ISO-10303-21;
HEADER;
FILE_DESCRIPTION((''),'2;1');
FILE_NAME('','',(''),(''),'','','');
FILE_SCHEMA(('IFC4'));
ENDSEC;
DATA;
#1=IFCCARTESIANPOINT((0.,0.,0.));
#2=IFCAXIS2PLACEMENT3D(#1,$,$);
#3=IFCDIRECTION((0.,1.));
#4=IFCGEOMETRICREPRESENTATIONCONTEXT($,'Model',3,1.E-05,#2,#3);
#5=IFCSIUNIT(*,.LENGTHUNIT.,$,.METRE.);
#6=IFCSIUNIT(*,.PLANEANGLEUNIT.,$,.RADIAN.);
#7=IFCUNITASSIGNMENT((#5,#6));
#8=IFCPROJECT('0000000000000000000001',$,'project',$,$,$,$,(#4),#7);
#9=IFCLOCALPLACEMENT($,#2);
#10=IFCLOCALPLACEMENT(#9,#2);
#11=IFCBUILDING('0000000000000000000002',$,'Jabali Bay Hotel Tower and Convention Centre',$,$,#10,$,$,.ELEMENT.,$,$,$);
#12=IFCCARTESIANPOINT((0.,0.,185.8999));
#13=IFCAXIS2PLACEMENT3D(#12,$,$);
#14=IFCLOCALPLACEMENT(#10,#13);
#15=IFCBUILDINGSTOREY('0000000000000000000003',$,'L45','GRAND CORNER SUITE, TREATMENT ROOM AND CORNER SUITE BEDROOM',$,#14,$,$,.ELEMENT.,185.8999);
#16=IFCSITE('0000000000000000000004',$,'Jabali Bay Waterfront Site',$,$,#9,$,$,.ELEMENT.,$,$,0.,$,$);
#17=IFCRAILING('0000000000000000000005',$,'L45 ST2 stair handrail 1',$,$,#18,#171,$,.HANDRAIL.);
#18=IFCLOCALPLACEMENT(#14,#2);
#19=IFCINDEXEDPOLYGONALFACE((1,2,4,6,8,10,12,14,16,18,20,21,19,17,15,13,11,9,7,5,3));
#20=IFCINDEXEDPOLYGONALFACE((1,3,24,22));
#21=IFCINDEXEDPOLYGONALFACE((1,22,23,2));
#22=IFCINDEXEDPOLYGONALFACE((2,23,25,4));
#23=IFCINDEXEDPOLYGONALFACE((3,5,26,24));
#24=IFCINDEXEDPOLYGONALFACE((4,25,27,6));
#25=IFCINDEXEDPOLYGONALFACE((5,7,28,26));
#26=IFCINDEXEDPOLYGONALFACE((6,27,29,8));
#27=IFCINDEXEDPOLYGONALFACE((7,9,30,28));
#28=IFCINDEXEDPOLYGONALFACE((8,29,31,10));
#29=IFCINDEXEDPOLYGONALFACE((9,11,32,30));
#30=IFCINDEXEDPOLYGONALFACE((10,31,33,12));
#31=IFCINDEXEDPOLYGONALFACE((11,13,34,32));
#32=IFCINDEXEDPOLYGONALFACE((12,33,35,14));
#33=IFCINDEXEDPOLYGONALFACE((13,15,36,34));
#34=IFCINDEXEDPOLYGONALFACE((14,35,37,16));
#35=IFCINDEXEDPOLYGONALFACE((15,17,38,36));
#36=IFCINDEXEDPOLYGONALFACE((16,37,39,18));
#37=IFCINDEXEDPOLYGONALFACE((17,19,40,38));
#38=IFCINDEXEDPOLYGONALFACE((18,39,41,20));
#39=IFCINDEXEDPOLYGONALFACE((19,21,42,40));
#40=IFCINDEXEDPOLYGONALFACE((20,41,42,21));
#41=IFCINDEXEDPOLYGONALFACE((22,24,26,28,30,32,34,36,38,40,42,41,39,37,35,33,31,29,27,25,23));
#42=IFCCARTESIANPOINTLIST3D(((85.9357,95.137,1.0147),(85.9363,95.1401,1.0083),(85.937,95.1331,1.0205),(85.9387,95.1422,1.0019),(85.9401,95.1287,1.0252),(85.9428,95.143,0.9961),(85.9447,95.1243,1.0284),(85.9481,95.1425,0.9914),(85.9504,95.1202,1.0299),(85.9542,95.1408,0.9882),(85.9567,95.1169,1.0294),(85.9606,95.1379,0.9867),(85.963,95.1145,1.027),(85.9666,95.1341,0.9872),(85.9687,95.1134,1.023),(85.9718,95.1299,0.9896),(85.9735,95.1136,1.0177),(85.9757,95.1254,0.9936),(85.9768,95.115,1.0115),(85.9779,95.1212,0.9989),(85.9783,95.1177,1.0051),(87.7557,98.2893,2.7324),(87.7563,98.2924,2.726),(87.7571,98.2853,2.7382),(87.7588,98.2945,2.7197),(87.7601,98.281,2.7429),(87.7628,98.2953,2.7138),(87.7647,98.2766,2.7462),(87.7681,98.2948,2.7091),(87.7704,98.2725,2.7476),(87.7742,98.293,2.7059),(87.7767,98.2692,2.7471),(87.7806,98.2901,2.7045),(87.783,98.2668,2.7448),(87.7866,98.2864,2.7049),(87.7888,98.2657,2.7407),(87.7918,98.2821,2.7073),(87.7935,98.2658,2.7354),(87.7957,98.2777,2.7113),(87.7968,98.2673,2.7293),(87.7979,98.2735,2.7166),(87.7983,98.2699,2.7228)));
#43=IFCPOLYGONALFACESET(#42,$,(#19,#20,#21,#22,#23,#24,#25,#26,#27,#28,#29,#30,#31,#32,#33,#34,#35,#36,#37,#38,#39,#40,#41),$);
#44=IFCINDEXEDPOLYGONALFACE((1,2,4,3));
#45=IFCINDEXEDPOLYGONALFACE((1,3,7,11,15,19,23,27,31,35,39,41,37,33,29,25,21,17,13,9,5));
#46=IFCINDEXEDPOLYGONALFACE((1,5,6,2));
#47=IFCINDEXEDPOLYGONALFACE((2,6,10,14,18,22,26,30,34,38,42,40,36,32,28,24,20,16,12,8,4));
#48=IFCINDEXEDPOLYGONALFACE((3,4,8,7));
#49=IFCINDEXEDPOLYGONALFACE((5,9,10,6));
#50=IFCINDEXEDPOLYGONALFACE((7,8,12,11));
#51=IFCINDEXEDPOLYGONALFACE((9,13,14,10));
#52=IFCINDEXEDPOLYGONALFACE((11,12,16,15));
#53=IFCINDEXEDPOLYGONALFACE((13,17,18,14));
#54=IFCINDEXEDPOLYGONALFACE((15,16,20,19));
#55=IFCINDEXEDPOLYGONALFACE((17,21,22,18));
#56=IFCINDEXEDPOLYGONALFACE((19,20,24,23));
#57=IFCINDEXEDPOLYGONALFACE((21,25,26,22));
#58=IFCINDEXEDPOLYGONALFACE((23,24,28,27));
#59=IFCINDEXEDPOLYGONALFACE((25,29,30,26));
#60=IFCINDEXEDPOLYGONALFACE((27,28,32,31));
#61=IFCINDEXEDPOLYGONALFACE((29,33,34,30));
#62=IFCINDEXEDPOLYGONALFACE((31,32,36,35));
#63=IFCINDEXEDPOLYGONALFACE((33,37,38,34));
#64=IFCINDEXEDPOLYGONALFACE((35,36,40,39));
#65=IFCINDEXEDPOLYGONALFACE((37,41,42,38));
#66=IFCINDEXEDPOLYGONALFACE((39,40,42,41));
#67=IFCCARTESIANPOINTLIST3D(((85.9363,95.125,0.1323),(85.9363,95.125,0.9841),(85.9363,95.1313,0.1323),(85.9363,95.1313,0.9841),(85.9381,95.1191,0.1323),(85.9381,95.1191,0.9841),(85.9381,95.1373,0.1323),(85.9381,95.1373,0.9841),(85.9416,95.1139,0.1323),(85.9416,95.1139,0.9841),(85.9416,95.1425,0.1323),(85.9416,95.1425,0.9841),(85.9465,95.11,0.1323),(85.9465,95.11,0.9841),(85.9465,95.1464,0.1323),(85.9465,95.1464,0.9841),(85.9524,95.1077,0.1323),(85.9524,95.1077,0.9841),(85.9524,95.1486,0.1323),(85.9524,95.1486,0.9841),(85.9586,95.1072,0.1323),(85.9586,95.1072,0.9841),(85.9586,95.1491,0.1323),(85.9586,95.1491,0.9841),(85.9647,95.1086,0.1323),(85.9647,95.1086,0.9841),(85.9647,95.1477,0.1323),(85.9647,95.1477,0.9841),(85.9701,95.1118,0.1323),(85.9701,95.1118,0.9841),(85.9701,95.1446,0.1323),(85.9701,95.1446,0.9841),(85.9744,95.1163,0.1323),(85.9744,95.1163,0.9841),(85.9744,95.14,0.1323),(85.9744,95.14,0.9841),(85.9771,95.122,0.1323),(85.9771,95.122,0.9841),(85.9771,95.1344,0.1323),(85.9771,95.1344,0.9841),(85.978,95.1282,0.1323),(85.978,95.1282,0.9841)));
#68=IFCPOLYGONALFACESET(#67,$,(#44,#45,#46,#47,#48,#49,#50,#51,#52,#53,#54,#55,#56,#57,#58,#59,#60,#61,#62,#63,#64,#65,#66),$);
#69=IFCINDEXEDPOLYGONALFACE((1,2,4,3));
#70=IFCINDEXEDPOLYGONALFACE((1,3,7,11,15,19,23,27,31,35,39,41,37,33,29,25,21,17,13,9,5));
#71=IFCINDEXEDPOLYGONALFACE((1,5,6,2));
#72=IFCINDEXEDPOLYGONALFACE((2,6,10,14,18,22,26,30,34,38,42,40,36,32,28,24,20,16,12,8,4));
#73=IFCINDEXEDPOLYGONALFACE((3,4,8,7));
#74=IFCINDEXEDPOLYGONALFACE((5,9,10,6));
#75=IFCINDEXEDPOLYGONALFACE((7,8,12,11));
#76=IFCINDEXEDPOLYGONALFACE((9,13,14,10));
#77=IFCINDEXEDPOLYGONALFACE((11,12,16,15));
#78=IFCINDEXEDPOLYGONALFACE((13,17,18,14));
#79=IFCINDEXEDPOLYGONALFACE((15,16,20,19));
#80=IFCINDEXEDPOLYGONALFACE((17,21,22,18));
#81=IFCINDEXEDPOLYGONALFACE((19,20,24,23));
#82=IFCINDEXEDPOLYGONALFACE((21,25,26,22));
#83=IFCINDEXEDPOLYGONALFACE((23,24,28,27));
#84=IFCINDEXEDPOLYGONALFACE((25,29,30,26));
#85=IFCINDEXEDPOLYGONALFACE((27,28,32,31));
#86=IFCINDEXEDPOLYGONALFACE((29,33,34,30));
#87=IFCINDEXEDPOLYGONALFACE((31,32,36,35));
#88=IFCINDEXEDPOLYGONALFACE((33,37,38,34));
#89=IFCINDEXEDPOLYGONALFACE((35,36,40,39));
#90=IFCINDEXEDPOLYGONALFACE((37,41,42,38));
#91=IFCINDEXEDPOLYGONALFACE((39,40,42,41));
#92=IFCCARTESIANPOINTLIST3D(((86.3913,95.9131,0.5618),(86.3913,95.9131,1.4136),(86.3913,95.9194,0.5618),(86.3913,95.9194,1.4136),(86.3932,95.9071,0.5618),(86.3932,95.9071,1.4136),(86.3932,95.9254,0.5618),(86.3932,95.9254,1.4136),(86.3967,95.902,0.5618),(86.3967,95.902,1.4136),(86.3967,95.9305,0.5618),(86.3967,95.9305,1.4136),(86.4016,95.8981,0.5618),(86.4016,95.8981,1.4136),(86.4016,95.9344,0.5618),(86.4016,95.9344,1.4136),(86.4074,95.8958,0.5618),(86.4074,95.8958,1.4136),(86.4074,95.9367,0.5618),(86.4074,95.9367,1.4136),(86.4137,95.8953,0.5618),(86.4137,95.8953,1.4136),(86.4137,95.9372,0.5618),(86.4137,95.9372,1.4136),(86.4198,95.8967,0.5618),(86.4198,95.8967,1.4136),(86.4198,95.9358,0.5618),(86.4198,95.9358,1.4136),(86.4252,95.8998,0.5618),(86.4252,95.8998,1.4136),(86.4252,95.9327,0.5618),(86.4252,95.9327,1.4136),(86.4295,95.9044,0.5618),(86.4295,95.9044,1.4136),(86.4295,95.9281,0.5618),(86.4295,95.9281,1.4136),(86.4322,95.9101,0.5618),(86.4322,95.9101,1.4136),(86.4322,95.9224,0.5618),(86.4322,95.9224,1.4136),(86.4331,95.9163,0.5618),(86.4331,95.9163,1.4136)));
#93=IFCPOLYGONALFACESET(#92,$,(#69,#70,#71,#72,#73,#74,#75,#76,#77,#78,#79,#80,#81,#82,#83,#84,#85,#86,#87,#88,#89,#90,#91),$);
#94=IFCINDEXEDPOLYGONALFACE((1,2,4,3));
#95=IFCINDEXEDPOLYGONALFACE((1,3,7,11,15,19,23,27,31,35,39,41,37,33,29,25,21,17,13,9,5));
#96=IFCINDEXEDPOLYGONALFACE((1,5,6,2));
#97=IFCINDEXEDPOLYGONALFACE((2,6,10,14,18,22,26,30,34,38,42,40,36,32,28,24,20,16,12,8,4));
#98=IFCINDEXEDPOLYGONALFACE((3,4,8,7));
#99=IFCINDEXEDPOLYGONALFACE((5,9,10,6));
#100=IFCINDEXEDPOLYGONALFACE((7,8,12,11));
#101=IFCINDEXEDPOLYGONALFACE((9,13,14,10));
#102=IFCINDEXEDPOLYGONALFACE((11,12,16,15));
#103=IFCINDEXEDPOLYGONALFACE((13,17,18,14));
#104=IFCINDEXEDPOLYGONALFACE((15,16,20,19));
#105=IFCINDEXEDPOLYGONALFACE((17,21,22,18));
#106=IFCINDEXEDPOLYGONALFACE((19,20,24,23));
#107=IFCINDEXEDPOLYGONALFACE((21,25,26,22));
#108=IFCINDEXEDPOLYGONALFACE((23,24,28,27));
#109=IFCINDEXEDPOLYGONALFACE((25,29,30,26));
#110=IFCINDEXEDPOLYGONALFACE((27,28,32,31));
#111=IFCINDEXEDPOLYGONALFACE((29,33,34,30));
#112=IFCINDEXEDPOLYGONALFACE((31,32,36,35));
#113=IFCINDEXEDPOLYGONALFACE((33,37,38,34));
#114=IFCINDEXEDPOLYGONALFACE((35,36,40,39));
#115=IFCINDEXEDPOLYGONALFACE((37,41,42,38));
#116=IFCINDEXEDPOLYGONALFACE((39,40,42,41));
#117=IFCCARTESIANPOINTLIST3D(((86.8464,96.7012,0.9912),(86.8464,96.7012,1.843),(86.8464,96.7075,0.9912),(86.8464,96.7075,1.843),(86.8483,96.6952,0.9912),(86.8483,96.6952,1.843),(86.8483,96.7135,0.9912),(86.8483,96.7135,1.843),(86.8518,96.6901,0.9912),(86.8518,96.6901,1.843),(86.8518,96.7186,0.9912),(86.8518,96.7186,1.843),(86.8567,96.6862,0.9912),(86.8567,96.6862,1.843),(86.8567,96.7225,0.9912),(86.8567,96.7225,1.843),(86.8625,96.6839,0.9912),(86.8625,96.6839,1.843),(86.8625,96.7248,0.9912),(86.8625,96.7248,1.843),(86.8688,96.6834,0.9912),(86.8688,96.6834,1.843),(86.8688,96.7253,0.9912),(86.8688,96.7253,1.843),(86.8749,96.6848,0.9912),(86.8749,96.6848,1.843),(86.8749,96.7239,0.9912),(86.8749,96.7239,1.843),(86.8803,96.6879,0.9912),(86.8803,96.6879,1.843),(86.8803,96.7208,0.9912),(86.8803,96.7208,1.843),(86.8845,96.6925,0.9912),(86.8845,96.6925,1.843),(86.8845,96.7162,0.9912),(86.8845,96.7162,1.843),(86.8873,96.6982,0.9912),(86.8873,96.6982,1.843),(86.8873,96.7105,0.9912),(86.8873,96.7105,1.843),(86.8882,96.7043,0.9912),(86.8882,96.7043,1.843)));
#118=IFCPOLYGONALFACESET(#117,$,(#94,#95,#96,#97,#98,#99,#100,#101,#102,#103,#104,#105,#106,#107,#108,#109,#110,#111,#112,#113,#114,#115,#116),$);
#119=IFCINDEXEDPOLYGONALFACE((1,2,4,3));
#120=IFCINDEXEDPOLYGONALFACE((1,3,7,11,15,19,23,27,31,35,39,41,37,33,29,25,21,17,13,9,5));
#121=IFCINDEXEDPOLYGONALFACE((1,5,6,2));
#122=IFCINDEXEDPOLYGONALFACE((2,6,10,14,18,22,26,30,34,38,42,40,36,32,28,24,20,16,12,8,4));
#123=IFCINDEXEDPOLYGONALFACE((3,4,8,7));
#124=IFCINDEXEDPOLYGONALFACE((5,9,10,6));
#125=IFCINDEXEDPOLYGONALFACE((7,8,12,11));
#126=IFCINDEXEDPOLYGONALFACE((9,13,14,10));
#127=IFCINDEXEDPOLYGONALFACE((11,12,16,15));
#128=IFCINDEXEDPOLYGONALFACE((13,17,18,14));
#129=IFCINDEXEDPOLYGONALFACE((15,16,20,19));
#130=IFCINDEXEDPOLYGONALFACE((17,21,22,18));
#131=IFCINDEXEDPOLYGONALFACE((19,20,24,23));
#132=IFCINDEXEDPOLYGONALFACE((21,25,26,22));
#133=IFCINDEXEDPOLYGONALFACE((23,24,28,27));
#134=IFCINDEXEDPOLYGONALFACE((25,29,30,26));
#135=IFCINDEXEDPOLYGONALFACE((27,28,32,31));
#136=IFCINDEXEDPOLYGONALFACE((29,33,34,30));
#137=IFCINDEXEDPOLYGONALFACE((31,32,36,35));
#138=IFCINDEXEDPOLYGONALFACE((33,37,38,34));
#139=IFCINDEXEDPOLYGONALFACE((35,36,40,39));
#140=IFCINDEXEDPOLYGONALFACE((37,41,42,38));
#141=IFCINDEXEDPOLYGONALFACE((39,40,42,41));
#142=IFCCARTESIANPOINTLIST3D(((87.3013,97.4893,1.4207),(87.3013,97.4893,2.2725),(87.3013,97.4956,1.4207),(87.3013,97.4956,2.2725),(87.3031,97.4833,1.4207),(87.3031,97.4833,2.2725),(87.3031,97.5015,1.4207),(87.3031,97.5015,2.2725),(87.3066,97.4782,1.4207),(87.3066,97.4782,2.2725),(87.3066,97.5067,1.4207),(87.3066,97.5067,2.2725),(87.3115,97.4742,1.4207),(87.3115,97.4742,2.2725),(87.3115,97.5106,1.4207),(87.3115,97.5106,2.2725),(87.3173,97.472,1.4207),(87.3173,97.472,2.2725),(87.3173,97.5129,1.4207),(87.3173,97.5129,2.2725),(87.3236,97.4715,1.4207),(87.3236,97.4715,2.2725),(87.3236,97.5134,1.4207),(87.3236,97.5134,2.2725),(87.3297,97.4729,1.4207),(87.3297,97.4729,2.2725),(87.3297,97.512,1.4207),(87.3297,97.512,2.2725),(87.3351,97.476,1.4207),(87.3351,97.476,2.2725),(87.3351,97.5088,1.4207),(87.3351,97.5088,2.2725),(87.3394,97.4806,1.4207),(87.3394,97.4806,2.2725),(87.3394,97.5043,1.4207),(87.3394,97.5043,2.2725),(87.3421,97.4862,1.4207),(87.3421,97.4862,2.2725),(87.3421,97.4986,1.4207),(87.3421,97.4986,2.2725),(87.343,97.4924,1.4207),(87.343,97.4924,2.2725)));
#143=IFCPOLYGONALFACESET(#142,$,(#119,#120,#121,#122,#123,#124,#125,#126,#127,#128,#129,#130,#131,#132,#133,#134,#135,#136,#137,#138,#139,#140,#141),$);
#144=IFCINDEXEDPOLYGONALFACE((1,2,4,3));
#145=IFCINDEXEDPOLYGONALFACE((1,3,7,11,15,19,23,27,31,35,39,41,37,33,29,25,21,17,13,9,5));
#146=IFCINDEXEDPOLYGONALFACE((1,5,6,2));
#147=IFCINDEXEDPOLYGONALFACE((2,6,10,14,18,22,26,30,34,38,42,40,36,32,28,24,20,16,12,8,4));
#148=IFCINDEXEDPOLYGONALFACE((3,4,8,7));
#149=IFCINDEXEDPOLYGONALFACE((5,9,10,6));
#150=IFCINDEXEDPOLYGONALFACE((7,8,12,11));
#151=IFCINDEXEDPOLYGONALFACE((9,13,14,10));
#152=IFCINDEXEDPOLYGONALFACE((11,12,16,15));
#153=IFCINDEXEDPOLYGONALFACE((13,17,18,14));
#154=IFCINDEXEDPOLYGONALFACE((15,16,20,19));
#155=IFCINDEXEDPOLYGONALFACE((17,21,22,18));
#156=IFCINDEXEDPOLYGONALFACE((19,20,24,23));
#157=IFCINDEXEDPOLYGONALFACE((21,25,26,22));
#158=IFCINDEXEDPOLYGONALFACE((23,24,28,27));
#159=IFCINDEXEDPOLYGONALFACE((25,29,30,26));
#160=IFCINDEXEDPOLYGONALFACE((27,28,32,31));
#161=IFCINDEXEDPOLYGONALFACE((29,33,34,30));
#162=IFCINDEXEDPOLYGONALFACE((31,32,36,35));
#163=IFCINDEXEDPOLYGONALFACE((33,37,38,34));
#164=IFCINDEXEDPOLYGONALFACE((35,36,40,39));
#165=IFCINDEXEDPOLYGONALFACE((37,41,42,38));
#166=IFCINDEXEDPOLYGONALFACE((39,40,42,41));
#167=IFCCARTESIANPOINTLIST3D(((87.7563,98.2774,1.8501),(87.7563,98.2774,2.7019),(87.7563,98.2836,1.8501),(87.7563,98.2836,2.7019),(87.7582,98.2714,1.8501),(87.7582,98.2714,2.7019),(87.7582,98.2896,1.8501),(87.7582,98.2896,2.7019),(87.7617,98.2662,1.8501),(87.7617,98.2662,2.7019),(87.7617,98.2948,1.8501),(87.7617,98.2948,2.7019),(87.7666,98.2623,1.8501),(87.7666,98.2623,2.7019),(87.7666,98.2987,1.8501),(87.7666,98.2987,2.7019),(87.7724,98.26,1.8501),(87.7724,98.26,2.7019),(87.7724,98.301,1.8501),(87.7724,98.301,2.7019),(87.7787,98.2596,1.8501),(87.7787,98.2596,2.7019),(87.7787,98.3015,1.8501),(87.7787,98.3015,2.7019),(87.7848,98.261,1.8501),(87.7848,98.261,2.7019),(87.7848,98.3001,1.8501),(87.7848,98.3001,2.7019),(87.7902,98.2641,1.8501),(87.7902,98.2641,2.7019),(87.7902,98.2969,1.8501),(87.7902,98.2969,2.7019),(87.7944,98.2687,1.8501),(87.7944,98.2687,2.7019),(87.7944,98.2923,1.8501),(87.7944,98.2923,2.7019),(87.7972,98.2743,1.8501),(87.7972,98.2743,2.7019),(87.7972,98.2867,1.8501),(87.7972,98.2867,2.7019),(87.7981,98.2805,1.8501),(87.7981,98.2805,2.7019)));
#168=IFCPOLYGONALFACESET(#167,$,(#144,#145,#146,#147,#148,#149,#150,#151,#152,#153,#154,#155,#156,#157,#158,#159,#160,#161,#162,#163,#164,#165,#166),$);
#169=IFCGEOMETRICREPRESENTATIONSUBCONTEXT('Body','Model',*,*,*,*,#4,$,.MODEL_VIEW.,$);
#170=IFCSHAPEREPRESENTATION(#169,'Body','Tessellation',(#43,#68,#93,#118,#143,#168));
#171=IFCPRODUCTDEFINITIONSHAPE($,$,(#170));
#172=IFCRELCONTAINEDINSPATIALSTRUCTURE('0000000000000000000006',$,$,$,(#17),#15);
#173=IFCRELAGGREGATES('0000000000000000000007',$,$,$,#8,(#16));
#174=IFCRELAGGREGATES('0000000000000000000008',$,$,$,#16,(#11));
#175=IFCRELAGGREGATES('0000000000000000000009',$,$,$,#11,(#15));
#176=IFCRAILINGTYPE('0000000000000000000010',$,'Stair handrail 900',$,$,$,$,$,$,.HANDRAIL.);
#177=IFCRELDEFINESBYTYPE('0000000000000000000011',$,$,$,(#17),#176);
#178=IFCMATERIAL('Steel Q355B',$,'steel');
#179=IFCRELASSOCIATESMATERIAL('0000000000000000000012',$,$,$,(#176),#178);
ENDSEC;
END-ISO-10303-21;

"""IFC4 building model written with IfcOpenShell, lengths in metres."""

from ifc_helpers import new_model, si_unit, direction, frame, origin, origin_2d, place, context, subcontext, project, spatial, circle, extrude, material, type_object, element, save


model = new_model("IFC4")

# Units and contexts
model_context = context("Model", 3, precision=1e-05, world=origin(), true_north=direction((0.0, 1.0)))
body_context = subcontext(model_context, "Body", "Model", "MODEL_VIEW")
ifc_project = project(units=[si_unit("LENGTHUNIT", "METRE"), si_unit("PLANEANGLEUNIT", "RADIAN")], contexts=[model_context])

# Site, building, storey
site_placement = place(None, origin())
site = spatial("IfcSite", under=ifc_project, at=site_placement, Name="Jabali Bay Waterfront Site", CompositionType="ELEMENT", RefElevation=0.0)
building_placement = place(site_placement, origin())
building = spatial("IfcBuilding", under=site, at=building_placement, Name="Jabali Bay Hotel Tower and Convention Centre", CompositionType="ELEMENT")
storey_placement = place(building_placement, frame((0.0, 0.0, 185.8999)))
storey = spatial("IfcBuildingStorey", under=building, at=storey_placement, Name="L45", Description="GRAND CORNER SUITE, TREATMENT ROOM AND CORNER SUITE BEDROOM", CompositionType="ELEMENT", Elevation=185.8999)

# Railing
ifc_material_1 = material(Name="Steel Q355B", Category="steel")
railing_type_1 = type_object("IfcRailingType", Name="Stair handrail 900", PredefinedType="HANDRAIL", material=ifc_material_1)
railing_1_placement = place(storey_placement, frame((85.957, 95.1282, 0.1323)))
element("IfcRailing", 1, at=railing_1_placement, inside=storey, type_object=railing_type_1, Name="L45 ST2 stair handrail 1", PredefinedType="HANDRAIL", context=body_context, shape_type="SweptSolid", body=[
    extrude(circle(Radius=0.0239, at=origin_2d()), frame((0.0, 0.0, 0.876), z_axis=(0.45219, 0.78319, 0.426775), x_axis=(-0.866018, 0.500013, 0.0)), (0.0, 0.0, 1.0), 4.0249),
    extrude(circle(Radius=0.021, at=origin_2d()), origin(), (0.0, 0.0, 1.0), 0.8518),
    extrude(circle(Radius=0.021, at=origin_2d()), frame((0.4551, 0.7881, 0.4294)), (0.0, 0.0, 1.0), 0.8518),
    extrude(circle(Radius=0.021, at=origin_2d()), frame((0.9102, 1.5762, 0.8589)), (0.0, 0.0, 1.0), 0.8518),
    extrude(circle(Radius=0.021, at=origin_2d()), frame((1.365, 2.3643, 1.2883)), (0.0, 0.0, 1.0), 0.8518),
    extrude(circle(Radius=0.021, at=origin_2d()), frame((1.8201, 3.1523, 1.7178)), (0.0, 0.0, 1.0), 0.8518),
])

save(model, "model.ifc")
